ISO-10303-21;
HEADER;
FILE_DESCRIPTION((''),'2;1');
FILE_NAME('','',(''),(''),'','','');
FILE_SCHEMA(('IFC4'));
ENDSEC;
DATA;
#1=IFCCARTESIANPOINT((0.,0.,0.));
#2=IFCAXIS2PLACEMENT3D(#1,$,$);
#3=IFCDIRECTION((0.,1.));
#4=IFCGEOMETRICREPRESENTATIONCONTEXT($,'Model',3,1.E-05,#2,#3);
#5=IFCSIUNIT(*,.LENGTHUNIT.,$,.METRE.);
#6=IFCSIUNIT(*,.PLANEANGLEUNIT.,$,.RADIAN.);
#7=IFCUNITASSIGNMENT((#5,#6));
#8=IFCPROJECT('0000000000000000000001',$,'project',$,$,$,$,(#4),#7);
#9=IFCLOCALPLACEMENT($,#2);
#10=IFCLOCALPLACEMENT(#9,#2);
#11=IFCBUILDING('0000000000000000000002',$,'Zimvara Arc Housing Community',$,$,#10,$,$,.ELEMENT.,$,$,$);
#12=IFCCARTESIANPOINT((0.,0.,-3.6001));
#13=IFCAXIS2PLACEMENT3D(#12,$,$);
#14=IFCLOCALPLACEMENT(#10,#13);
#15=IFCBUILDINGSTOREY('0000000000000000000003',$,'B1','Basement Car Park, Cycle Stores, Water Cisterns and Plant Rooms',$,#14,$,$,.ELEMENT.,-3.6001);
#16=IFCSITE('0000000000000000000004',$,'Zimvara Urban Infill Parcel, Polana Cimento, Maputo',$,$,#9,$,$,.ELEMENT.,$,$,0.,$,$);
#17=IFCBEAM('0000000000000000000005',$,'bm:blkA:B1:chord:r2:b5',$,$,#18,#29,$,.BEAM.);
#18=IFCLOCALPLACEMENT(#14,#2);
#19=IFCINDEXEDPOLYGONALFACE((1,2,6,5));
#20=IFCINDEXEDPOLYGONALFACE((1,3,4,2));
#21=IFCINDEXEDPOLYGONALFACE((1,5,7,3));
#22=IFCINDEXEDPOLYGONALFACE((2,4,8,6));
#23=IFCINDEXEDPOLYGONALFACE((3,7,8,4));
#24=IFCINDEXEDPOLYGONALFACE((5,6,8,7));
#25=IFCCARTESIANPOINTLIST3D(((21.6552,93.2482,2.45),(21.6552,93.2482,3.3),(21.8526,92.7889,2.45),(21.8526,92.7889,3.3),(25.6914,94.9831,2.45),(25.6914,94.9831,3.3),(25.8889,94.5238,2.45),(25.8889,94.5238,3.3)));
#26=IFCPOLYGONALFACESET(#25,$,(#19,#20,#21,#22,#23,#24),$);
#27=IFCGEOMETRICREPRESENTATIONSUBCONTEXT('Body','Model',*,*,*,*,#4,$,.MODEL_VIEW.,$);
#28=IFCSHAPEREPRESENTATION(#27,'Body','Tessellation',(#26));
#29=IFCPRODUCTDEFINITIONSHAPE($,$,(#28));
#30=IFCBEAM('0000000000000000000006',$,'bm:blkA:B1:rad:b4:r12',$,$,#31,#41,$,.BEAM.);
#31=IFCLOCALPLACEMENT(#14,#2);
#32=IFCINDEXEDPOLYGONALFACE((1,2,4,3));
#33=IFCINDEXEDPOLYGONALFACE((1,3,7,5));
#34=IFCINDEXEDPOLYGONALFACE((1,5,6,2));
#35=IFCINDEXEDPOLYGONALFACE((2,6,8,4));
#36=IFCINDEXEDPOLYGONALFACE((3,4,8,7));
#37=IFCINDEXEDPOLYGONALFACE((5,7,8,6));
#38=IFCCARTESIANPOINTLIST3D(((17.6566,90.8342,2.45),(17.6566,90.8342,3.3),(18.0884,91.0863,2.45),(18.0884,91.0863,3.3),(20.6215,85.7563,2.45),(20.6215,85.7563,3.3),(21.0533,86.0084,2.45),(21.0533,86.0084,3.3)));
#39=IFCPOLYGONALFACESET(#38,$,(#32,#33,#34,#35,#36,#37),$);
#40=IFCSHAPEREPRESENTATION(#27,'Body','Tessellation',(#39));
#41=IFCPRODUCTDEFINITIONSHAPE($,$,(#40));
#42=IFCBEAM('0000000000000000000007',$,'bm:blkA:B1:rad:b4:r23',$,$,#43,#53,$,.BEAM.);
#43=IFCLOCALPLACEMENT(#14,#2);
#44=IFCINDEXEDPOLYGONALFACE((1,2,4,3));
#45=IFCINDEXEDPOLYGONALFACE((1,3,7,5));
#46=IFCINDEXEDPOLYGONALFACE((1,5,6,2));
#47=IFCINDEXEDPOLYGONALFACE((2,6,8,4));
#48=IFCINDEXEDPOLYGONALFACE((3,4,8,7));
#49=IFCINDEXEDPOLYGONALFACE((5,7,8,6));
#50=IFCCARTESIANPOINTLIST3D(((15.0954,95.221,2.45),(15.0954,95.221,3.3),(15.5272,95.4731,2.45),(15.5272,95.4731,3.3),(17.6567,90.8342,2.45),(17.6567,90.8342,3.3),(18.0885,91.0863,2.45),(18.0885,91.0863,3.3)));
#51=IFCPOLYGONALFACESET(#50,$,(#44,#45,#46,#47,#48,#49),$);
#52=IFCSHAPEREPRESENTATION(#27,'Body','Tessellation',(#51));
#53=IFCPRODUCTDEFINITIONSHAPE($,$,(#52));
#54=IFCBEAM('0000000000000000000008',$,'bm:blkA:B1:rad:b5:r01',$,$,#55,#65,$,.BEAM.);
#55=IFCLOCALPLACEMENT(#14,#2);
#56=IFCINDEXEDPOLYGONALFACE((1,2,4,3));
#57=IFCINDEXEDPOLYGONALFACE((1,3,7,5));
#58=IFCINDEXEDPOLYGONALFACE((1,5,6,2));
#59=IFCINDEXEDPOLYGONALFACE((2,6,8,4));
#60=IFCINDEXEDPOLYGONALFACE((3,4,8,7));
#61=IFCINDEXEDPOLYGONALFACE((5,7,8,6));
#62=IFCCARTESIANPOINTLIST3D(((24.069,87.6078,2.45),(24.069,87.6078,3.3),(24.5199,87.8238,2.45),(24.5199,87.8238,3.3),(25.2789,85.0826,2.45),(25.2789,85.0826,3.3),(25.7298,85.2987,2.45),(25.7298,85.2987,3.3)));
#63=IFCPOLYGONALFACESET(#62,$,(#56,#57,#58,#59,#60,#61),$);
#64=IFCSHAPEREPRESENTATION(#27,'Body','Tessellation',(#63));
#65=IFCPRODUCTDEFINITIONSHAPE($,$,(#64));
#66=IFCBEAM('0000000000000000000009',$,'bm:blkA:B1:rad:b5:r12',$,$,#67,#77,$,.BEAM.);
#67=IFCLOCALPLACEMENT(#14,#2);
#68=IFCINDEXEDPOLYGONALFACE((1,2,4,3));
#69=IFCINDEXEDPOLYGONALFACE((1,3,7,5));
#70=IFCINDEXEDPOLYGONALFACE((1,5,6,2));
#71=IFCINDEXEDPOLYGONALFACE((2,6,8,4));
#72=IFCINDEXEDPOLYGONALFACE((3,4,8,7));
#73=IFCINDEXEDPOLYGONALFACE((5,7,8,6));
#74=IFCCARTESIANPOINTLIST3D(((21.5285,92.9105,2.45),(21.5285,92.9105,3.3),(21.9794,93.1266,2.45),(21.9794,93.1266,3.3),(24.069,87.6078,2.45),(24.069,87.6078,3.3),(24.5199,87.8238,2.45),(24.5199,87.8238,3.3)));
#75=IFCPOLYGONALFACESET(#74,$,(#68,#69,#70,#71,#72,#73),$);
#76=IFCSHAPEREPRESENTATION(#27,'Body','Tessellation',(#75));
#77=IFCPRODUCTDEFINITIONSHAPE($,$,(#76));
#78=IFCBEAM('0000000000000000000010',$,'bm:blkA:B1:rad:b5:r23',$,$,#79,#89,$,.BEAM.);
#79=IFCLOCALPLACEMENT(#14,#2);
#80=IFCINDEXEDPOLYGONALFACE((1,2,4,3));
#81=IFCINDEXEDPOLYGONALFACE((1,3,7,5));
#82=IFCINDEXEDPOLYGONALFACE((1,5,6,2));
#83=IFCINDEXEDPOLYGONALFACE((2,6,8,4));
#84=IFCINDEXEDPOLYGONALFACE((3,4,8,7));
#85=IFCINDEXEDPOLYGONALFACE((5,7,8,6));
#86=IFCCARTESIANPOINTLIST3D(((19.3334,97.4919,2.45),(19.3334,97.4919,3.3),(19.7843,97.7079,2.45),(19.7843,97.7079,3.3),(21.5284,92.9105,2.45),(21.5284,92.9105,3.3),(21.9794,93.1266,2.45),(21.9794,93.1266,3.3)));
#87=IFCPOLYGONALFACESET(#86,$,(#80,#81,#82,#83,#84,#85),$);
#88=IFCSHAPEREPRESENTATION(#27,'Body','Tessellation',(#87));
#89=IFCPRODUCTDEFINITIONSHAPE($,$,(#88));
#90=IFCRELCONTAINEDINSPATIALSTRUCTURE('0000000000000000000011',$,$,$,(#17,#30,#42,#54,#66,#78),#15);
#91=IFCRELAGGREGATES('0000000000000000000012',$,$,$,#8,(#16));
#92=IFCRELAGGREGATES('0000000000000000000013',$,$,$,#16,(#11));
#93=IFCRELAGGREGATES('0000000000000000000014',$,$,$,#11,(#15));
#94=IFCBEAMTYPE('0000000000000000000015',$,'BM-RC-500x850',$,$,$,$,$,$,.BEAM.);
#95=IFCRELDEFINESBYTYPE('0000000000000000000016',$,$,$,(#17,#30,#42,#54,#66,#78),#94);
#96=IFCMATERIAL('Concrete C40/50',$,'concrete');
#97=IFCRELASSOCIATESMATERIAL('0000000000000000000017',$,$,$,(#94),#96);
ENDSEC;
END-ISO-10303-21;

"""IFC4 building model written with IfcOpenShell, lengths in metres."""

from ifc_helpers import new_model, si_unit, direction, frame, origin, origin_2d, place, context, subcontext, project, spatial, rectangle, extrude, material, material_profile, profile_set, type_object, element, save


model = new_model("IFC4")

# Units and contexts
model_context = context("Model", 3, precision=1e-05, world=origin(), true_north=direction((0.0, 1.0)))
body_context = subcontext(model_context, "Body", "Model", "MODEL_VIEW")
ifc_project = project(units=[si_unit("LENGTHUNIT", "METRE"), si_unit("PLANEANGLEUNIT", "RADIAN")], contexts=[model_context])

# Site, building, storey
site_placement = place(None, origin())
site = spatial("IfcSite", under=ifc_project, at=site_placement, Name="Zimvara Urban Infill Parcel, Polana Cimento, Maputo", CompositionType="ELEMENT", RefElevation=0.0)
building_placement = place(site_placement, origin())
building = spatial("IfcBuilding", under=site, at=building_placement, Name="Zimvara Arc Housing Community", CompositionType="ELEMENT")
storey_placement = place(building_placement, frame((0.0, 0.0, -3.6001)))
storey = spatial("IfcBuildingStorey", under=building, at=storey_placement, Name="B1", Description="Basement Car Park, Cycle Stores, Water Cisterns and Plant Rooms", CompositionType="ELEMENT", Elevation=-3.6001)

# Beams
ifc_material_1 = material(Name="Concrete C40/50", Category="concrete")
ifc_material_profile_1 = material_profile(ifc_material_1, rectangle(XDim=0.5, YDim=0.8501, at=origin_2d()), Name="RC 500x850")
ifc_profile_set_1 = profile_set([ifc_material_profile_1], Name="Concrete C40/50")
beam_type = type_object("IfcBeamType", Name="BM-RC-500x850", PredefinedType="BEAM", material=ifc_profile_set_1)
for number, where, z_axis, x_axis, name in (
    (1, (21.7539, 93.0186, 2.875), (0.918725, 0.394898, 0.0), (-0.394898, 0.918725, 0.0), "bm:blkA:B1:chord:r2:b5"),
):
    element("IfcBeam", number, at=place(storey_placement, frame(where, z_axis=z_axis, x_axis=x_axis)), inside=storey, type_object=beam_type, Name=name, PredefinedType="BEAM", context=body_context, shape_type="SweptSolid", body=[
        extrude(rectangle(XDim=0.5, YDim=0.8501, at=origin_2d()), origin(), (0.0, 0.0, 1.0), 4.3933),
    ])
beam_1_placement = place(storey_placement, frame((20.8374, 85.8823, 2.875), z_axis=(-0.504219, 0.863576, 0.0), x_axis=(-0.863576, -0.504219, 0.0)))
element("IfcBeam", 2, at=beam_1_placement, inside=storey, type_object=beam_type, Name="bm:blkA:B1:rad:b4:r12", PredefinedType="BEAM", context=body_context, shape_type="SweptSolid", body=[
    extrude(rectangle(XDim=0.5, YDim=0.8501, at=origin_2d()), origin(), (0.0, 0.0, 1.0), 5.8801),
])
beam_2_placement = place(storey_placement, frame((17.8726, 90.9602, 2.875), z_axis=(-0.504197, 0.863589, 0.0), x_axis=(-0.863589, -0.504197, 0.0)))
element("IfcBeam", 3, at=beam_2_placement, inside=storey, type_object=beam_type, Name="bm:blkA:B1:rad:b4:r23", PredefinedType="BEAM", context=body_context, shape_type="SweptSolid", body=[
    extrude(rectangle(XDim=0.5, YDim=0.8501, at=origin_2d()), origin(), (0.0, 0.0, 1.0), 5.0798),
])
beam_3_placement = place(storey_placement, frame((25.5044, 85.1907, 2.875), z_axis=(-0.432119, 0.901817, 0.0), x_axis=(-0.901817, -0.432119, 0.0)))
element("IfcBeam", 4, at=beam_3_placement, inside=storey, type_object=beam_type, Name="bm:blkA:B1:rad:b5:r01", PredefinedType="BEAM", context=body_context, shape_type="SweptSolid", body=[
    extrude(rectangle(XDim=0.5, YDim=0.8501, at=origin_2d()), origin(), (0.0, 0.0, 1.0), 2.8),
])
beam_4_placement = place(storey_placement, frame((24.2944, 87.7158, 2.875), z_axis=(-0.43207, 0.90184, 0.0), x_axis=(-0.90184, -0.43207, 0.0)))
element("IfcBeam", 5, at=beam_4_placement, inside=storey, type_object=beam_type, Name="bm:blkA:B1:rad:b5:r12", PredefinedType="BEAM", context=body_context, shape_type="SweptSolid", body=[
    extrude(rectangle(XDim=0.5, YDim=0.8501, at=origin_2d()), origin(), (0.0, 0.0, 1.0), 5.8799),
])
beam_5_placement = place(storey_placement, frame((21.7539, 93.0186, 2.875), z_axis=(-0.432098, 0.901827, 0.0), x_axis=(-0.901827, -0.432098, 0.0)))
element("IfcBeam", 6, at=beam_5_placement, inside=storey, type_object=beam_type, Name="bm:blkA:B1:rad:b5:r23", PredefinedType="BEAM", context=body_context, shape_type="SweptSolid", body=[
    extrude(rectangle(XDim=0.5, YDim=0.8501, at=origin_2d()), origin(), (0.0, 0.0, 1.0), 5.0801),
])

save(model, "model.ifc")
